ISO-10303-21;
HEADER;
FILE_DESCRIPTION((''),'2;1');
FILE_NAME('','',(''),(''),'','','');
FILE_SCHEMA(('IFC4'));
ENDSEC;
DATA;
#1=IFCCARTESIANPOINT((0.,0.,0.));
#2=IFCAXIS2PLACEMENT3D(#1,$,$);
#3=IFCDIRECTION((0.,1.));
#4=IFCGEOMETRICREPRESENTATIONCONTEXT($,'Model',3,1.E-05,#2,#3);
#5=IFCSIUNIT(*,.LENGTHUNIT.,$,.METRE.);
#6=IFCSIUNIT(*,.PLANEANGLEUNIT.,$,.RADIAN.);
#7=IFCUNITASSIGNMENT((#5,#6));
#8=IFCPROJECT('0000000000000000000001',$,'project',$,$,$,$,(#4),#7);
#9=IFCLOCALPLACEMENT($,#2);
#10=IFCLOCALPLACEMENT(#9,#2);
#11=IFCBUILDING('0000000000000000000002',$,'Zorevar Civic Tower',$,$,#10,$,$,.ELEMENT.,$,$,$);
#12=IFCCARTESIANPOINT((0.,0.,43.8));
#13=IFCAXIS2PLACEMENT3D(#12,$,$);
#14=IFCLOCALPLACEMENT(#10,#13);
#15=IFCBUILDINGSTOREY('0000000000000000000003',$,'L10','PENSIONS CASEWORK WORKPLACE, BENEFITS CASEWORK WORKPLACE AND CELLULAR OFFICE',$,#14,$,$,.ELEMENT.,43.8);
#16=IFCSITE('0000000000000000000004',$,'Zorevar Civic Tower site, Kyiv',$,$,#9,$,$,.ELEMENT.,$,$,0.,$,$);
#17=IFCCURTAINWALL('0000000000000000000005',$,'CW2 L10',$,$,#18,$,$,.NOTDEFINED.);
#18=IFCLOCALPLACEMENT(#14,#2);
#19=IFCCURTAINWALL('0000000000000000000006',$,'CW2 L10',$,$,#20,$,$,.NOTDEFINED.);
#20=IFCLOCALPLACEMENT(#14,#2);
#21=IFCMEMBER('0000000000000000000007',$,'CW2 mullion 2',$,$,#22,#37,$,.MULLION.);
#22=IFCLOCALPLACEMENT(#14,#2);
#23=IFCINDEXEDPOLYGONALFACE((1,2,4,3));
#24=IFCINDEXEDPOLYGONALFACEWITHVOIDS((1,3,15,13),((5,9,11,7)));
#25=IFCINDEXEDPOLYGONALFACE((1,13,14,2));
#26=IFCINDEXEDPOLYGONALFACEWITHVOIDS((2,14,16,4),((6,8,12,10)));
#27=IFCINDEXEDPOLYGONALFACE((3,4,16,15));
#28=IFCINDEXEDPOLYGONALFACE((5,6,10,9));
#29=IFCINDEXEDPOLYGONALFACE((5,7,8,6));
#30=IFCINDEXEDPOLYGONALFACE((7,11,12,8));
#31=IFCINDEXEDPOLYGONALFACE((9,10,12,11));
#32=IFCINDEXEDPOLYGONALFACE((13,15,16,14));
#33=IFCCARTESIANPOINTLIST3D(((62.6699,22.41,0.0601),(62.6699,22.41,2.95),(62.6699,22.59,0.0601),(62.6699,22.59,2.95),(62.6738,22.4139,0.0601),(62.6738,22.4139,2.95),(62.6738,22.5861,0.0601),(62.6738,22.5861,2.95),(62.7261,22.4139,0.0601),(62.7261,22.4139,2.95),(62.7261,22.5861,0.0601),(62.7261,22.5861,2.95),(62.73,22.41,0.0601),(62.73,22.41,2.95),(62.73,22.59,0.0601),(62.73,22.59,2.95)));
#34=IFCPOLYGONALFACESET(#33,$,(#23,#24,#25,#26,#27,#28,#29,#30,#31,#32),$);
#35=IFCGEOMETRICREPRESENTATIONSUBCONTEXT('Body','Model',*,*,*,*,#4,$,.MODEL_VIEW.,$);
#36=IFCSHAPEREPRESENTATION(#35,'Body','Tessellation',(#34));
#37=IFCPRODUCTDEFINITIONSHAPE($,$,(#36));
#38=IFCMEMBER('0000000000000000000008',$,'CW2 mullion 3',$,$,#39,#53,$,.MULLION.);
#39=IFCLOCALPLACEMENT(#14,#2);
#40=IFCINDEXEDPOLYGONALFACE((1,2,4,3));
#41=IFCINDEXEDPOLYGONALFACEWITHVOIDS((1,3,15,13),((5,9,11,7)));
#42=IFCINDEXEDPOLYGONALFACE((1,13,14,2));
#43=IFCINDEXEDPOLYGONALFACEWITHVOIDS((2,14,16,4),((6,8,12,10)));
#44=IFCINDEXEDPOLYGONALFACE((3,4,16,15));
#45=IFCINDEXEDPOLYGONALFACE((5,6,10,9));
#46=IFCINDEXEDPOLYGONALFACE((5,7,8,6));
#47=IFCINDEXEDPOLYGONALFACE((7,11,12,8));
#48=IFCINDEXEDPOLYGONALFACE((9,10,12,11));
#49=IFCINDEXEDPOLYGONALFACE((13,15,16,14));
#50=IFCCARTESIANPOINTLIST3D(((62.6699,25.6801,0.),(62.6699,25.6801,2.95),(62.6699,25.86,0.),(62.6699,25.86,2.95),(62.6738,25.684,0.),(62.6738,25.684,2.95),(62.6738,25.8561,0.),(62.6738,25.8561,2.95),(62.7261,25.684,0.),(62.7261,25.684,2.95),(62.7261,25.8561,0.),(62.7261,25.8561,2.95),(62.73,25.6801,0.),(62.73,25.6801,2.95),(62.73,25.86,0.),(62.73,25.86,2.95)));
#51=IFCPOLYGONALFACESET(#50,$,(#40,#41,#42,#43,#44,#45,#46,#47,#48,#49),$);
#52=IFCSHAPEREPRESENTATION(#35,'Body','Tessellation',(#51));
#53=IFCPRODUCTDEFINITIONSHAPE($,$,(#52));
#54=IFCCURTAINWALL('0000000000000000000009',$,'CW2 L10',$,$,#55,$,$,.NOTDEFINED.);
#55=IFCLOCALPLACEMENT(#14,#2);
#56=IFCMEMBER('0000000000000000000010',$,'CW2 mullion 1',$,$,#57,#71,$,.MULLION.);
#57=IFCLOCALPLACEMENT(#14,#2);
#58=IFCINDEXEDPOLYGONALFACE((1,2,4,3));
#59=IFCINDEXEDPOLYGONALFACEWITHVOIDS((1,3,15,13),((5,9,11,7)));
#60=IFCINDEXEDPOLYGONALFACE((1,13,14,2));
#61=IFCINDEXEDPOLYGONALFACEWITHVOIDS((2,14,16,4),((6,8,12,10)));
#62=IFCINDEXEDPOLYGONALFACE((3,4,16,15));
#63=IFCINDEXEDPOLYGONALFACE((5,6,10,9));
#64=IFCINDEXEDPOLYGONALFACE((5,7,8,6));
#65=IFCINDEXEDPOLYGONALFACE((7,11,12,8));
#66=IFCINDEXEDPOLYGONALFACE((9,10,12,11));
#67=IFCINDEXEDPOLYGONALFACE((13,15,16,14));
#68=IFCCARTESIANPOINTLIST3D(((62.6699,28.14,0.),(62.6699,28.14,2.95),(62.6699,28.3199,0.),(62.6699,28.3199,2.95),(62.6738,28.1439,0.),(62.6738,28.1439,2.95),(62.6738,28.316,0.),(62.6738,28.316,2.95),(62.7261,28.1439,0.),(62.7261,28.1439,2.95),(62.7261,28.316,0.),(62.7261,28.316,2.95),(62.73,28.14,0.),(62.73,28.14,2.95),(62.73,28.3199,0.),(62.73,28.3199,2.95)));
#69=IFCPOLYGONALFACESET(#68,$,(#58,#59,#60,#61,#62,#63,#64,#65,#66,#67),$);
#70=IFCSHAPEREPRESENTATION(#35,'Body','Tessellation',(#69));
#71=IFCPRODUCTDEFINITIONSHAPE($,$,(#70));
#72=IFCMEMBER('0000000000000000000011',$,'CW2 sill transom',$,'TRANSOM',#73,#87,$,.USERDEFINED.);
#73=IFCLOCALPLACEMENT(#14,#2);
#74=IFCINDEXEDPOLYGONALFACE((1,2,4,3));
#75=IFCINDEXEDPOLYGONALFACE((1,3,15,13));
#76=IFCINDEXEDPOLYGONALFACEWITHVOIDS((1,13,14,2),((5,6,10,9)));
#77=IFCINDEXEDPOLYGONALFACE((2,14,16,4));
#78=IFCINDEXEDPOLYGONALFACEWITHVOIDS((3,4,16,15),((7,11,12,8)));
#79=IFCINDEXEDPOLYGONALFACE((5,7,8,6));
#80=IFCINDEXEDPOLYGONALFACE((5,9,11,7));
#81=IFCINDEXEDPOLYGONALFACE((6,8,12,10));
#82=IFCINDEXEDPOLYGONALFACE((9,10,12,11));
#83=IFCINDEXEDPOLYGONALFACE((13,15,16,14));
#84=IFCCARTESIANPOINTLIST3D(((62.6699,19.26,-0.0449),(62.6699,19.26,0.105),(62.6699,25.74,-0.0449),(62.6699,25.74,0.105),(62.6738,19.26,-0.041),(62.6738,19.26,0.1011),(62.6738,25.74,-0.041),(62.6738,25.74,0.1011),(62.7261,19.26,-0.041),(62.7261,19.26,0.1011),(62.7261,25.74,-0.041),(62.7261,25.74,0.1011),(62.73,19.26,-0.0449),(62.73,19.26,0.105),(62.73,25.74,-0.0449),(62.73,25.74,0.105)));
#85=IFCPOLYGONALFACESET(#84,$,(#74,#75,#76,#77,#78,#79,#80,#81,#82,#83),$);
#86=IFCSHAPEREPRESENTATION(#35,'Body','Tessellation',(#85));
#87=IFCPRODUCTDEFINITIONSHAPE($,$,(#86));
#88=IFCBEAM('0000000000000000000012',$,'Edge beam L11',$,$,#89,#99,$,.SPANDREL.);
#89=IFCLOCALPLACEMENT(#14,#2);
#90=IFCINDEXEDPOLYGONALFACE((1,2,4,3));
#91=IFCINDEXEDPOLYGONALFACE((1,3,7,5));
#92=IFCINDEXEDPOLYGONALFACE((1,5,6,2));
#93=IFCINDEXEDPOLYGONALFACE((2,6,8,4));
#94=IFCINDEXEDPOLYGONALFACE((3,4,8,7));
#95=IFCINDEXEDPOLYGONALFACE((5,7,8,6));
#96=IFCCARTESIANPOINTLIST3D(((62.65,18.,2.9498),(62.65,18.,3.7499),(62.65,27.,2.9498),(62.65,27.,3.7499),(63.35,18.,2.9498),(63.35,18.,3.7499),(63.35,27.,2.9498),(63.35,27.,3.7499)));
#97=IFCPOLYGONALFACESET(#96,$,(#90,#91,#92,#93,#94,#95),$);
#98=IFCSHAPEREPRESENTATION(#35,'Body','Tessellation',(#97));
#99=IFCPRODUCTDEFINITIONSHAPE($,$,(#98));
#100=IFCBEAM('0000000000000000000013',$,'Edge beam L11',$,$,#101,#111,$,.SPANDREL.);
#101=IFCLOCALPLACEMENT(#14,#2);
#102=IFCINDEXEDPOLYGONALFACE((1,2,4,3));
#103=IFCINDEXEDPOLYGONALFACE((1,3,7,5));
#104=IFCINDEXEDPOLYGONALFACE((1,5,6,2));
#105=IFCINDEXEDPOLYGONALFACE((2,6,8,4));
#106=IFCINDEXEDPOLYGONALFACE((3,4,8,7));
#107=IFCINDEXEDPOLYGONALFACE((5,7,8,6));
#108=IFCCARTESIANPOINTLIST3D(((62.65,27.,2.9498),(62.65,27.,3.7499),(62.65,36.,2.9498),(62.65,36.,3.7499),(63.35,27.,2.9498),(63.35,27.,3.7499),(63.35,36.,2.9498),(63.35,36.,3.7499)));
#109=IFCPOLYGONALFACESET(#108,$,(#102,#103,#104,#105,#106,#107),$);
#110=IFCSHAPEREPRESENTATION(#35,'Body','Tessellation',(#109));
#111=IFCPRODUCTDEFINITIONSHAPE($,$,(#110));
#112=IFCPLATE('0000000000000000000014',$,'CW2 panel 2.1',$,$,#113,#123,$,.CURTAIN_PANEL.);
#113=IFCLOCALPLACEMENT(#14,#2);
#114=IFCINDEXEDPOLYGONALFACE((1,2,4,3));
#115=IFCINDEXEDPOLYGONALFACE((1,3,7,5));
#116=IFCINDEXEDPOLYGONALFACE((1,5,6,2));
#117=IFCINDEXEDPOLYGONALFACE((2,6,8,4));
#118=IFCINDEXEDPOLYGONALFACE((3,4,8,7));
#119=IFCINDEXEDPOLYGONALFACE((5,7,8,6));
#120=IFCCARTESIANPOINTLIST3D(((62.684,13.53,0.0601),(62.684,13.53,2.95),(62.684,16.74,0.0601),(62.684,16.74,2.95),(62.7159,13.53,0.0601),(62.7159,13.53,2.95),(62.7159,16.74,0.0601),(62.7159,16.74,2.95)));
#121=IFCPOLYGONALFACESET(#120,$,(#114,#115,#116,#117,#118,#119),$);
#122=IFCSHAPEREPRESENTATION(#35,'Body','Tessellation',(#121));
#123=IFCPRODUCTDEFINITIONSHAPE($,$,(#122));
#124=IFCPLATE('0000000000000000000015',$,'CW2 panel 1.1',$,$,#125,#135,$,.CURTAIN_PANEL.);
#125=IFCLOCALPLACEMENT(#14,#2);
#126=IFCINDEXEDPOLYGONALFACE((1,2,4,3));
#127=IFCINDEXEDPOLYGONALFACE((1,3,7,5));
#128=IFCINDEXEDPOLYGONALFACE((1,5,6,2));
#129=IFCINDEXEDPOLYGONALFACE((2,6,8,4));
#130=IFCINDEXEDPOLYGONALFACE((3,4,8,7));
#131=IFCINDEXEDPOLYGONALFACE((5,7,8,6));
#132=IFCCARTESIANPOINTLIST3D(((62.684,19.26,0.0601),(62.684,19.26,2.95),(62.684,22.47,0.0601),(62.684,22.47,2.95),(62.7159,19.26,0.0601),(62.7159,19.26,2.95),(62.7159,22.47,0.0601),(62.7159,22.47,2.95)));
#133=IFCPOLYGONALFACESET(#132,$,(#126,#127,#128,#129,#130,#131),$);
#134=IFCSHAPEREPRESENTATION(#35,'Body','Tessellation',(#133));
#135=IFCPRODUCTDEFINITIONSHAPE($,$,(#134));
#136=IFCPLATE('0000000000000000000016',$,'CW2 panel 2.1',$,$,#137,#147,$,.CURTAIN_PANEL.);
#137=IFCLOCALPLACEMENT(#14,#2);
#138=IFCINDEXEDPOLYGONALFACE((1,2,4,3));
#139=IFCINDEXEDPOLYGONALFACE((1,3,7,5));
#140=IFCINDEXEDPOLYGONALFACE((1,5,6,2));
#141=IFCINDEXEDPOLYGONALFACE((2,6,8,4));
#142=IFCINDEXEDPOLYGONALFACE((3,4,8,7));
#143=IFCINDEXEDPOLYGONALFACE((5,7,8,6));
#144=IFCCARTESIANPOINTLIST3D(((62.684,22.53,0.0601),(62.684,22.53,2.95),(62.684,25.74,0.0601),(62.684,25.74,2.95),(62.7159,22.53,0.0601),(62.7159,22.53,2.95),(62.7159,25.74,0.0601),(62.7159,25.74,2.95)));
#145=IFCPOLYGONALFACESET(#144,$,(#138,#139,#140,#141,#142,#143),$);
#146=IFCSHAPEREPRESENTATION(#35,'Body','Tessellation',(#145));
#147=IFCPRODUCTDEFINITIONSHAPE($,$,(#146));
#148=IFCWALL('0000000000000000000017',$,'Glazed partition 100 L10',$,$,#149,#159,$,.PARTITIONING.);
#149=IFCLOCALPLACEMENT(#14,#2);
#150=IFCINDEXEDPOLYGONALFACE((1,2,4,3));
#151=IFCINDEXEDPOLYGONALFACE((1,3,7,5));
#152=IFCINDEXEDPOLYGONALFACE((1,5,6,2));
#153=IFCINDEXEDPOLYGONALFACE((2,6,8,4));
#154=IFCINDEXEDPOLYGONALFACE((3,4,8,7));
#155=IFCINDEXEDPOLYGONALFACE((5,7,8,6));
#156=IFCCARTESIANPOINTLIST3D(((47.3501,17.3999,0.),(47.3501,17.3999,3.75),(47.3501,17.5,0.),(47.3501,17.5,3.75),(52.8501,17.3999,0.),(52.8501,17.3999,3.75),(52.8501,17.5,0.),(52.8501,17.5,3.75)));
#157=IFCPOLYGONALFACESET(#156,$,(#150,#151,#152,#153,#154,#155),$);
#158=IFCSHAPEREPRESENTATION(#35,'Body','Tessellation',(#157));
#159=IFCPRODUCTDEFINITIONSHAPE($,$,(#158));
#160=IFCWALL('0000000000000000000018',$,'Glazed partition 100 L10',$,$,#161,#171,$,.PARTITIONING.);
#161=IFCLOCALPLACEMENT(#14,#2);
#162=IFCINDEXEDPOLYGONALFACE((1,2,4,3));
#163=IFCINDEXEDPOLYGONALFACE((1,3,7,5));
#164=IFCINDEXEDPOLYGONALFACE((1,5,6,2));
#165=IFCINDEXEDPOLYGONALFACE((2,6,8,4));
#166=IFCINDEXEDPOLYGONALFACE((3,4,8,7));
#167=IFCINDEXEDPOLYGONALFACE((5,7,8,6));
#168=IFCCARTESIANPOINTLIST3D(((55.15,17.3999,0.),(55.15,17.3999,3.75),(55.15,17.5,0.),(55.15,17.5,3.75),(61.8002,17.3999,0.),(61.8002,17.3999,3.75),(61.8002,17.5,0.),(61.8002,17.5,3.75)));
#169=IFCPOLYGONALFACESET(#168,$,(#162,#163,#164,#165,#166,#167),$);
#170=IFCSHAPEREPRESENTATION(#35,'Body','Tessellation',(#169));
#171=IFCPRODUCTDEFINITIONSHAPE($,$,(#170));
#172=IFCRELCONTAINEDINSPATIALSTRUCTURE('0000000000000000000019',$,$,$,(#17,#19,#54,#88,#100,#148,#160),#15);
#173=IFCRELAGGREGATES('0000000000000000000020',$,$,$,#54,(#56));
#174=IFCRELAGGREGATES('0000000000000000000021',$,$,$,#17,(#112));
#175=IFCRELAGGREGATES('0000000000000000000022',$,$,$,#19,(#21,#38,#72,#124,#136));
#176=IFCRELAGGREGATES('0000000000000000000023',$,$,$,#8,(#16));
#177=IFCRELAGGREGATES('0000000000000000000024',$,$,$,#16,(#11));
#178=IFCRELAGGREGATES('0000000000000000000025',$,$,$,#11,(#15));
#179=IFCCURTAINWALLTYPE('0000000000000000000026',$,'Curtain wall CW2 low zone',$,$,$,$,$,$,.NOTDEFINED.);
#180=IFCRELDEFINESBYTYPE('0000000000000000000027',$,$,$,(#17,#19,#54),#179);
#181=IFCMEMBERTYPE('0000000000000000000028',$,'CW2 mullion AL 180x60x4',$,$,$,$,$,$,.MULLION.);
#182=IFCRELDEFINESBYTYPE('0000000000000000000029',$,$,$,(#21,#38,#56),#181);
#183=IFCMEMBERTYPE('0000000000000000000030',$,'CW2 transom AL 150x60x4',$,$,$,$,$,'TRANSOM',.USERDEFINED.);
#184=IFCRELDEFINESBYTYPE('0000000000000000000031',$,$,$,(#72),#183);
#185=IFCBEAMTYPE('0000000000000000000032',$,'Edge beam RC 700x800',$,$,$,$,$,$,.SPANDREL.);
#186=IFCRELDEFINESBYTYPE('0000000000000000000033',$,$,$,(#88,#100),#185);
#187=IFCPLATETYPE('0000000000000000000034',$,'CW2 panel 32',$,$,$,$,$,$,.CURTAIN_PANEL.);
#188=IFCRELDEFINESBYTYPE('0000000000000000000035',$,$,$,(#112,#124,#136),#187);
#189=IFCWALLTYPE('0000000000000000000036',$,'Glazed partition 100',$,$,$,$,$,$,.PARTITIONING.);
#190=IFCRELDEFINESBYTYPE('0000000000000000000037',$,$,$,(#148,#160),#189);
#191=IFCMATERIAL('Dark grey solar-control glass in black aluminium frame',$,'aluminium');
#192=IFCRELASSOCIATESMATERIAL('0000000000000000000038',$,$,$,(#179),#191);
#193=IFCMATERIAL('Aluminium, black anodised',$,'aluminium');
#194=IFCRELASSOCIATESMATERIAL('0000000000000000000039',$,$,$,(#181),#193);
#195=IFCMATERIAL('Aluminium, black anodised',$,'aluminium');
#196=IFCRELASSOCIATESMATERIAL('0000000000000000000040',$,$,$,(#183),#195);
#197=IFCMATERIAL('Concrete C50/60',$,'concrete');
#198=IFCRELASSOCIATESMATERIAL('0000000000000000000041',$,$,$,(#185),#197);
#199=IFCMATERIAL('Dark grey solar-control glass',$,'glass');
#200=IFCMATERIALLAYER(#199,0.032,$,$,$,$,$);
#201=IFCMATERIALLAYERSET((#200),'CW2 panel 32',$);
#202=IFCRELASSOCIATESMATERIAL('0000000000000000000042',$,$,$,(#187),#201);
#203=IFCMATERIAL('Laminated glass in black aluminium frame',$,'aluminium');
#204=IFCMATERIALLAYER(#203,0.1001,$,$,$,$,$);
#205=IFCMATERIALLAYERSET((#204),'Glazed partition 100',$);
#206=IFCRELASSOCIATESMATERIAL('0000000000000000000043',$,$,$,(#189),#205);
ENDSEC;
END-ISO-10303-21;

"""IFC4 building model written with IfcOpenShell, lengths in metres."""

from ifc_helpers import new_model, si_unit, direction, frame, frame_2d, origin, origin_2d, place, context, subcontext, project, spatial, rectangle, hollow_rectangle, extrude, material, layer, layer_set, material_profile, profile_set, type_object, element, aggregate, save


model = new_model("IFC4")

# Units and contexts
model_context = context("Model", 3, precision=1e-05, world=origin(), true_north=direction((0.0, 1.0)))
body_context = subcontext(model_context, "Body", "Model", "MODEL_VIEW")
ifc_project = project(units=[si_unit("LENGTHUNIT", "METRE"), si_unit("PLANEANGLEUNIT", "RADIAN")], contexts=[model_context])

# Site, building, storey
site_placement = place(None, origin())
site = spatial("IfcSite", under=ifc_project, at=site_placement, Name="Zorevar Civic Tower site, Kyiv", CompositionType="ELEMENT", RefElevation=0.0)
building_placement = place(site_placement, origin())
building = spatial("IfcBuilding", under=site, at=building_placement, Name="Zorevar Civic Tower", CompositionType="ELEMENT")
storey_placement = place(building_placement, frame((0.0, 0.0, 43.8)))
storey = spatial("IfcBuildingStorey", under=building, at=storey_placement, Name="L10", Description="PENSIONS CASEWORK WORKPLACE, BENEFITS CASEWORK WORKPLACE AND CELLULAR OFFICE", CompositionType="ELEMENT", Elevation=43.8)

# Curtain walls, members
ifc_material_1 = material(Name="Dark grey solar-control glass in black aluminium frame", Category="aluminium")
curtain_wall_type = type_object("IfcCurtainWallType", Name="Curtain wall CW2 low zone", PredefinedType="NOTDEFINED", material=ifc_material_1)
curtain_wall_1_placement = place(storey_placement, origin())
curtain_wall_1 = element("IfcCurtainWall", 1, at=curtain_wall_1_placement, inside=storey, type_object=curtain_wall_type, Name="CW2 L10", PredefinedType="NOTDEFINED")
ifc_material_2 = material(Name="Aluminium, black anodised", Category="aluminium")
ifc_material_profile_1 = material_profile(ifc_material_2, hollow_rectangle(XDim=0.0601, YDim=0.1799, WallThickness=0.0039, at=origin_2d()), Name="AL 180x60x4")
ifc_profile_set_1 = profile_set([ifc_material_profile_1], Name="Aluminium, black anodised")
member_type_1 = type_object("IfcMemberType", Name="CW2 mullion AL 180x60x4", PredefinedType="MULLION", material=ifc_profile_set_1)
curtain_wall_2_placement = place(storey_placement, origin())
curtain_wall_2 = element("IfcCurtainWall", 2, at=curtain_wall_2_placement, inside=storey, type_object=curtain_wall_type, Name="CW2 L10", PredefinedType="NOTDEFINED")
member_1_placement = place(storey_placement, frame((62.7, 22.5, 0.0601), z_axis=(0.0, 0.0, 1.0), x_axis=(-1.0, 0.0, 0.0)))
member_1 = element("IfcMember", 3, at=member_1_placement, type_object=member_type_1, Name="CW2 mullion 2", PredefinedType="MULLION", context=body_context, shape_type="SweptSolid", body=[
    extrude(hollow_rectangle(XDim=0.0601, YDim=0.1799, WallThickness=0.0039, at=origin_2d()), origin(), (0.0, 0.0, 1.0), 2.8899),
])
member_2_placement = place(storey_placement, frame((62.7, 25.77, 0.0), z_axis=(0.0, 0.0, 1.0), x_axis=(-1.0, 0.0, 0.0)))
member_2 = element("IfcMember", 4, at=member_2_placement, type_object=member_type_1, Name="CW2 mullion 3", PredefinedType="MULLION", context=body_context, shape_type="SweptSolid", body=[
    extrude(hollow_rectangle(XDim=0.0601, YDim=0.1799, WallThickness=0.0039, at=origin_2d()), origin(), (0.0, 0.0, 1.0), 2.95),
])

# Curtain wall, member
curtain_wall_3_placement = place(storey_placement, origin())
curtain_wall_3 = element("IfcCurtainWall", 5, at=curtain_wall_3_placement, inside=storey, type_object=curtain_wall_type, Name="CW2 L10", PredefinedType="NOTDEFINED")
member_3_placement = place(storey_placement, frame((62.7, 28.23, 0.0), z_axis=(0.0, 0.0, 1.0), x_axis=(-1.0, 0.0, 0.0)))
member_3 = element("IfcMember", 6, at=member_3_placement, type_object=member_type_1, Name="CW2 mullion 1", PredefinedType="MULLION", context=body_context, shape_type="SweptSolid", body=[
    extrude(hollow_rectangle(XDim=0.0601, YDim=0.1799, WallThickness=0.0039, at=origin_2d()), origin(), (0.0, 0.0, 1.0), 2.95),
])
aggregate(curtain_wall_3, [member_3])

# Member
ifc_material_3 = material(Name="Aluminium, black anodised", Category="aluminium")
ifc_material_profile_2 = material_profile(ifc_material_3, hollow_rectangle(XDim=0.0601, YDim=0.1499, WallThickness=0.0039, at=origin_2d()), Name="AL 150x60x4")
ifc_profile_set_2 = profile_set([ifc_material_profile_2], Name="Aluminium, black anodised")
member_type_2 = type_object("IfcMemberType", Name="CW2 transom AL 150x60x4", ElementType="TRANSOM", PredefinedType="USERDEFINED", material=ifc_profile_set_2)
member_4_placement = place(storey_placement, frame((62.7, 19.26, 0.03), z_axis=(0.0, 1.0, 0.0), x_axis=(-1.0, 0.0, 0.0)))
member_4 = element("IfcMember", 7, at=member_4_placement, type_object=member_type_2, Name="CW2 sill transom", ObjectType="TRANSOM", PredefinedType="USERDEFINED", context=body_context, shape_type="SweptSolid", body=[
    extrude(hollow_rectangle(XDim=0.0601, YDim=0.1499, WallThickness=0.0039, at=origin_2d()), origin(), (0.0, 0.0, 1.0), 6.48),
])

# Beams
ifc_material_4 = material(Name="Concrete C50/60", Category="concrete")
ifc_material_profile_3 = material_profile(ifc_material_4, rectangle(XDim=0.7, YDim=0.8, at=origin_2d()), Name="RC 700x800")
ifc_profile_set_3 = profile_set([ifc_material_profile_3], Name="Concrete C50/60")
beam_type_1 = type_object("IfcBeamType", Name="Edge beam RC 700x800", PredefinedType="SPANDREL", material=ifc_profile_set_3)
for number, where, z_axis, x_axis, name in (
    (8, (63.0, 18.0, 3.3499), (0.0, 1.0, 0.0), (-1.0, 0.0, 0.0), "Edge beam L11"),
    (9, (63.0, 27.0, 3.3499), (0.0, 1.0, 0.0), (-1.0, 0.0, 0.0), "Edge beam L11"),
):
    element("IfcBeam", number, at=place(storey_placement, frame(where, z_axis=z_axis, x_axis=x_axis)), inside=storey, type_object=beam_type_1, Name=name, PredefinedType="SPANDREL", context=body_context, shape_type="SweptSolid", body=[
        extrude(rectangle(XDim=0.7, YDim=0.8, at=origin_2d()), origin(), (0.0, 0.0, 1.0), 9.0),
    ])

# Plates
ifc_material_5 = material(Name="Dark grey solar-control glass", Category="glass")
ifc_layer_1 = layer(ifc_material_5, 0.032)
ifc_layer_set_1 = layer_set([ifc_layer_1], Name="CW2 panel 32")
plate_type = type_object("IfcPlateType", Name="CW2 panel 32", PredefinedType="CURTAIN_PANEL", material=ifc_layer_set_1)
plate_1_placement = place(storey_placement, frame((62.7, 15.135, 0.0601), z_axis=(0.0, 0.0, 1.0), x_axis=(0.0, 1.0, 0.0)))
plate_1 = element("IfcPlate", 10, at=plate_1_placement, type_object=plate_type, Name="CW2 panel 2.1", PredefinedType="CURTAIN_PANEL", context=body_context, shape_type="SweptSolid", body=[
    extrude(rectangle(XDim=3.21, YDim=0.032, at=origin_2d()), origin(), (0.0, 0.0, 1.0), 2.8899),
])
aggregate(curtain_wall_1, [plate_1])
plate_2_placement = place(storey_placement, frame((62.7, 20.865, 0.0601), z_axis=(0.0, 0.0, 1.0), x_axis=(0.0, 1.0, 0.0)))
plate_2 = element("IfcPlate", 11, at=plate_2_placement, type_object=plate_type, Name="CW2 panel 1.1", PredefinedType="CURTAIN_PANEL", context=body_context, shape_type="SweptSolid", body=[
    extrude(rectangle(XDim=3.21, YDim=0.032, at=origin_2d()), origin(), (0.0, 0.0, 1.0), 2.8899),
])
plate_3_placement = place(storey_placement, frame((62.7, 24.135, 0.0601), z_axis=(0.0, 0.0, 1.0), x_axis=(0.0, 1.0, 0.0)))
plate_3 = element("IfcPlate", 12, at=plate_3_placement, type_object=plate_type, Name="CW2 panel 2.1", PredefinedType="CURTAIN_PANEL", context=body_context, shape_type="SweptSolid", body=[
    extrude(rectangle(XDim=3.21, YDim=0.032, at=origin_2d()), origin(), (0.0, 0.0, 1.0), 2.8899),
])
aggregate(curtain_wall_2, [member_1, member_2, member_4, plate_2, plate_3])

# Walls
ifc_material_6 = material(Name="Laminated glass in black aluminium frame", Category="aluminium")
ifc_layer_2 = layer(ifc_material_6, 0.1001)
ifc_layer_set_2 = layer_set([ifc_layer_2], Name="Glazed partition 100")
wall_type_1 = type_object("IfcWallType", Name="Glazed partition 100", PredefinedType="PARTITIONING", material=ifc_layer_set_2)
wall_1_placement = place(storey_placement, frame((47.3501, 17.45, 0.0), z_axis=(0.0, 0.0, 1.0), x_axis=(1.0, 0.0, 0.0)))
element("IfcWall", 13, at=wall_1_placement, inside=storey, type_object=wall_type_1, Name="Glazed partition 100 L10", PredefinedType="PARTITIONING", context=body_context, shape_type="SweptSolid", body=[
    extrude(rectangle(XDim=5.5, YDim=0.1001, at=frame_2d((2.75, 0.0))), origin(), (0.0, 0.0, 1.0), 3.75),
])
wall_2_placement = place(storey_placement, frame((55.1499, 17.45, 0.0), z_axis=(0.0, 0.0, 1.0), x_axis=(1.0, 0.0, 0.0)))
element("IfcWall", 14, at=wall_2_placement, inside=storey, type_object=wall_type_1, Name="Glazed partition 100 L10", PredefinedType="PARTITIONING", context=body_context, shape_type="SweptSolid", body=[
    extrude(rectangle(XDim=6.6501, YDim=0.1001, at=frame_2d((3.3252, 0.0))), origin(), (0.0, 0.0, 1.0), 3.75),
])

save(model, "model.ifc")
